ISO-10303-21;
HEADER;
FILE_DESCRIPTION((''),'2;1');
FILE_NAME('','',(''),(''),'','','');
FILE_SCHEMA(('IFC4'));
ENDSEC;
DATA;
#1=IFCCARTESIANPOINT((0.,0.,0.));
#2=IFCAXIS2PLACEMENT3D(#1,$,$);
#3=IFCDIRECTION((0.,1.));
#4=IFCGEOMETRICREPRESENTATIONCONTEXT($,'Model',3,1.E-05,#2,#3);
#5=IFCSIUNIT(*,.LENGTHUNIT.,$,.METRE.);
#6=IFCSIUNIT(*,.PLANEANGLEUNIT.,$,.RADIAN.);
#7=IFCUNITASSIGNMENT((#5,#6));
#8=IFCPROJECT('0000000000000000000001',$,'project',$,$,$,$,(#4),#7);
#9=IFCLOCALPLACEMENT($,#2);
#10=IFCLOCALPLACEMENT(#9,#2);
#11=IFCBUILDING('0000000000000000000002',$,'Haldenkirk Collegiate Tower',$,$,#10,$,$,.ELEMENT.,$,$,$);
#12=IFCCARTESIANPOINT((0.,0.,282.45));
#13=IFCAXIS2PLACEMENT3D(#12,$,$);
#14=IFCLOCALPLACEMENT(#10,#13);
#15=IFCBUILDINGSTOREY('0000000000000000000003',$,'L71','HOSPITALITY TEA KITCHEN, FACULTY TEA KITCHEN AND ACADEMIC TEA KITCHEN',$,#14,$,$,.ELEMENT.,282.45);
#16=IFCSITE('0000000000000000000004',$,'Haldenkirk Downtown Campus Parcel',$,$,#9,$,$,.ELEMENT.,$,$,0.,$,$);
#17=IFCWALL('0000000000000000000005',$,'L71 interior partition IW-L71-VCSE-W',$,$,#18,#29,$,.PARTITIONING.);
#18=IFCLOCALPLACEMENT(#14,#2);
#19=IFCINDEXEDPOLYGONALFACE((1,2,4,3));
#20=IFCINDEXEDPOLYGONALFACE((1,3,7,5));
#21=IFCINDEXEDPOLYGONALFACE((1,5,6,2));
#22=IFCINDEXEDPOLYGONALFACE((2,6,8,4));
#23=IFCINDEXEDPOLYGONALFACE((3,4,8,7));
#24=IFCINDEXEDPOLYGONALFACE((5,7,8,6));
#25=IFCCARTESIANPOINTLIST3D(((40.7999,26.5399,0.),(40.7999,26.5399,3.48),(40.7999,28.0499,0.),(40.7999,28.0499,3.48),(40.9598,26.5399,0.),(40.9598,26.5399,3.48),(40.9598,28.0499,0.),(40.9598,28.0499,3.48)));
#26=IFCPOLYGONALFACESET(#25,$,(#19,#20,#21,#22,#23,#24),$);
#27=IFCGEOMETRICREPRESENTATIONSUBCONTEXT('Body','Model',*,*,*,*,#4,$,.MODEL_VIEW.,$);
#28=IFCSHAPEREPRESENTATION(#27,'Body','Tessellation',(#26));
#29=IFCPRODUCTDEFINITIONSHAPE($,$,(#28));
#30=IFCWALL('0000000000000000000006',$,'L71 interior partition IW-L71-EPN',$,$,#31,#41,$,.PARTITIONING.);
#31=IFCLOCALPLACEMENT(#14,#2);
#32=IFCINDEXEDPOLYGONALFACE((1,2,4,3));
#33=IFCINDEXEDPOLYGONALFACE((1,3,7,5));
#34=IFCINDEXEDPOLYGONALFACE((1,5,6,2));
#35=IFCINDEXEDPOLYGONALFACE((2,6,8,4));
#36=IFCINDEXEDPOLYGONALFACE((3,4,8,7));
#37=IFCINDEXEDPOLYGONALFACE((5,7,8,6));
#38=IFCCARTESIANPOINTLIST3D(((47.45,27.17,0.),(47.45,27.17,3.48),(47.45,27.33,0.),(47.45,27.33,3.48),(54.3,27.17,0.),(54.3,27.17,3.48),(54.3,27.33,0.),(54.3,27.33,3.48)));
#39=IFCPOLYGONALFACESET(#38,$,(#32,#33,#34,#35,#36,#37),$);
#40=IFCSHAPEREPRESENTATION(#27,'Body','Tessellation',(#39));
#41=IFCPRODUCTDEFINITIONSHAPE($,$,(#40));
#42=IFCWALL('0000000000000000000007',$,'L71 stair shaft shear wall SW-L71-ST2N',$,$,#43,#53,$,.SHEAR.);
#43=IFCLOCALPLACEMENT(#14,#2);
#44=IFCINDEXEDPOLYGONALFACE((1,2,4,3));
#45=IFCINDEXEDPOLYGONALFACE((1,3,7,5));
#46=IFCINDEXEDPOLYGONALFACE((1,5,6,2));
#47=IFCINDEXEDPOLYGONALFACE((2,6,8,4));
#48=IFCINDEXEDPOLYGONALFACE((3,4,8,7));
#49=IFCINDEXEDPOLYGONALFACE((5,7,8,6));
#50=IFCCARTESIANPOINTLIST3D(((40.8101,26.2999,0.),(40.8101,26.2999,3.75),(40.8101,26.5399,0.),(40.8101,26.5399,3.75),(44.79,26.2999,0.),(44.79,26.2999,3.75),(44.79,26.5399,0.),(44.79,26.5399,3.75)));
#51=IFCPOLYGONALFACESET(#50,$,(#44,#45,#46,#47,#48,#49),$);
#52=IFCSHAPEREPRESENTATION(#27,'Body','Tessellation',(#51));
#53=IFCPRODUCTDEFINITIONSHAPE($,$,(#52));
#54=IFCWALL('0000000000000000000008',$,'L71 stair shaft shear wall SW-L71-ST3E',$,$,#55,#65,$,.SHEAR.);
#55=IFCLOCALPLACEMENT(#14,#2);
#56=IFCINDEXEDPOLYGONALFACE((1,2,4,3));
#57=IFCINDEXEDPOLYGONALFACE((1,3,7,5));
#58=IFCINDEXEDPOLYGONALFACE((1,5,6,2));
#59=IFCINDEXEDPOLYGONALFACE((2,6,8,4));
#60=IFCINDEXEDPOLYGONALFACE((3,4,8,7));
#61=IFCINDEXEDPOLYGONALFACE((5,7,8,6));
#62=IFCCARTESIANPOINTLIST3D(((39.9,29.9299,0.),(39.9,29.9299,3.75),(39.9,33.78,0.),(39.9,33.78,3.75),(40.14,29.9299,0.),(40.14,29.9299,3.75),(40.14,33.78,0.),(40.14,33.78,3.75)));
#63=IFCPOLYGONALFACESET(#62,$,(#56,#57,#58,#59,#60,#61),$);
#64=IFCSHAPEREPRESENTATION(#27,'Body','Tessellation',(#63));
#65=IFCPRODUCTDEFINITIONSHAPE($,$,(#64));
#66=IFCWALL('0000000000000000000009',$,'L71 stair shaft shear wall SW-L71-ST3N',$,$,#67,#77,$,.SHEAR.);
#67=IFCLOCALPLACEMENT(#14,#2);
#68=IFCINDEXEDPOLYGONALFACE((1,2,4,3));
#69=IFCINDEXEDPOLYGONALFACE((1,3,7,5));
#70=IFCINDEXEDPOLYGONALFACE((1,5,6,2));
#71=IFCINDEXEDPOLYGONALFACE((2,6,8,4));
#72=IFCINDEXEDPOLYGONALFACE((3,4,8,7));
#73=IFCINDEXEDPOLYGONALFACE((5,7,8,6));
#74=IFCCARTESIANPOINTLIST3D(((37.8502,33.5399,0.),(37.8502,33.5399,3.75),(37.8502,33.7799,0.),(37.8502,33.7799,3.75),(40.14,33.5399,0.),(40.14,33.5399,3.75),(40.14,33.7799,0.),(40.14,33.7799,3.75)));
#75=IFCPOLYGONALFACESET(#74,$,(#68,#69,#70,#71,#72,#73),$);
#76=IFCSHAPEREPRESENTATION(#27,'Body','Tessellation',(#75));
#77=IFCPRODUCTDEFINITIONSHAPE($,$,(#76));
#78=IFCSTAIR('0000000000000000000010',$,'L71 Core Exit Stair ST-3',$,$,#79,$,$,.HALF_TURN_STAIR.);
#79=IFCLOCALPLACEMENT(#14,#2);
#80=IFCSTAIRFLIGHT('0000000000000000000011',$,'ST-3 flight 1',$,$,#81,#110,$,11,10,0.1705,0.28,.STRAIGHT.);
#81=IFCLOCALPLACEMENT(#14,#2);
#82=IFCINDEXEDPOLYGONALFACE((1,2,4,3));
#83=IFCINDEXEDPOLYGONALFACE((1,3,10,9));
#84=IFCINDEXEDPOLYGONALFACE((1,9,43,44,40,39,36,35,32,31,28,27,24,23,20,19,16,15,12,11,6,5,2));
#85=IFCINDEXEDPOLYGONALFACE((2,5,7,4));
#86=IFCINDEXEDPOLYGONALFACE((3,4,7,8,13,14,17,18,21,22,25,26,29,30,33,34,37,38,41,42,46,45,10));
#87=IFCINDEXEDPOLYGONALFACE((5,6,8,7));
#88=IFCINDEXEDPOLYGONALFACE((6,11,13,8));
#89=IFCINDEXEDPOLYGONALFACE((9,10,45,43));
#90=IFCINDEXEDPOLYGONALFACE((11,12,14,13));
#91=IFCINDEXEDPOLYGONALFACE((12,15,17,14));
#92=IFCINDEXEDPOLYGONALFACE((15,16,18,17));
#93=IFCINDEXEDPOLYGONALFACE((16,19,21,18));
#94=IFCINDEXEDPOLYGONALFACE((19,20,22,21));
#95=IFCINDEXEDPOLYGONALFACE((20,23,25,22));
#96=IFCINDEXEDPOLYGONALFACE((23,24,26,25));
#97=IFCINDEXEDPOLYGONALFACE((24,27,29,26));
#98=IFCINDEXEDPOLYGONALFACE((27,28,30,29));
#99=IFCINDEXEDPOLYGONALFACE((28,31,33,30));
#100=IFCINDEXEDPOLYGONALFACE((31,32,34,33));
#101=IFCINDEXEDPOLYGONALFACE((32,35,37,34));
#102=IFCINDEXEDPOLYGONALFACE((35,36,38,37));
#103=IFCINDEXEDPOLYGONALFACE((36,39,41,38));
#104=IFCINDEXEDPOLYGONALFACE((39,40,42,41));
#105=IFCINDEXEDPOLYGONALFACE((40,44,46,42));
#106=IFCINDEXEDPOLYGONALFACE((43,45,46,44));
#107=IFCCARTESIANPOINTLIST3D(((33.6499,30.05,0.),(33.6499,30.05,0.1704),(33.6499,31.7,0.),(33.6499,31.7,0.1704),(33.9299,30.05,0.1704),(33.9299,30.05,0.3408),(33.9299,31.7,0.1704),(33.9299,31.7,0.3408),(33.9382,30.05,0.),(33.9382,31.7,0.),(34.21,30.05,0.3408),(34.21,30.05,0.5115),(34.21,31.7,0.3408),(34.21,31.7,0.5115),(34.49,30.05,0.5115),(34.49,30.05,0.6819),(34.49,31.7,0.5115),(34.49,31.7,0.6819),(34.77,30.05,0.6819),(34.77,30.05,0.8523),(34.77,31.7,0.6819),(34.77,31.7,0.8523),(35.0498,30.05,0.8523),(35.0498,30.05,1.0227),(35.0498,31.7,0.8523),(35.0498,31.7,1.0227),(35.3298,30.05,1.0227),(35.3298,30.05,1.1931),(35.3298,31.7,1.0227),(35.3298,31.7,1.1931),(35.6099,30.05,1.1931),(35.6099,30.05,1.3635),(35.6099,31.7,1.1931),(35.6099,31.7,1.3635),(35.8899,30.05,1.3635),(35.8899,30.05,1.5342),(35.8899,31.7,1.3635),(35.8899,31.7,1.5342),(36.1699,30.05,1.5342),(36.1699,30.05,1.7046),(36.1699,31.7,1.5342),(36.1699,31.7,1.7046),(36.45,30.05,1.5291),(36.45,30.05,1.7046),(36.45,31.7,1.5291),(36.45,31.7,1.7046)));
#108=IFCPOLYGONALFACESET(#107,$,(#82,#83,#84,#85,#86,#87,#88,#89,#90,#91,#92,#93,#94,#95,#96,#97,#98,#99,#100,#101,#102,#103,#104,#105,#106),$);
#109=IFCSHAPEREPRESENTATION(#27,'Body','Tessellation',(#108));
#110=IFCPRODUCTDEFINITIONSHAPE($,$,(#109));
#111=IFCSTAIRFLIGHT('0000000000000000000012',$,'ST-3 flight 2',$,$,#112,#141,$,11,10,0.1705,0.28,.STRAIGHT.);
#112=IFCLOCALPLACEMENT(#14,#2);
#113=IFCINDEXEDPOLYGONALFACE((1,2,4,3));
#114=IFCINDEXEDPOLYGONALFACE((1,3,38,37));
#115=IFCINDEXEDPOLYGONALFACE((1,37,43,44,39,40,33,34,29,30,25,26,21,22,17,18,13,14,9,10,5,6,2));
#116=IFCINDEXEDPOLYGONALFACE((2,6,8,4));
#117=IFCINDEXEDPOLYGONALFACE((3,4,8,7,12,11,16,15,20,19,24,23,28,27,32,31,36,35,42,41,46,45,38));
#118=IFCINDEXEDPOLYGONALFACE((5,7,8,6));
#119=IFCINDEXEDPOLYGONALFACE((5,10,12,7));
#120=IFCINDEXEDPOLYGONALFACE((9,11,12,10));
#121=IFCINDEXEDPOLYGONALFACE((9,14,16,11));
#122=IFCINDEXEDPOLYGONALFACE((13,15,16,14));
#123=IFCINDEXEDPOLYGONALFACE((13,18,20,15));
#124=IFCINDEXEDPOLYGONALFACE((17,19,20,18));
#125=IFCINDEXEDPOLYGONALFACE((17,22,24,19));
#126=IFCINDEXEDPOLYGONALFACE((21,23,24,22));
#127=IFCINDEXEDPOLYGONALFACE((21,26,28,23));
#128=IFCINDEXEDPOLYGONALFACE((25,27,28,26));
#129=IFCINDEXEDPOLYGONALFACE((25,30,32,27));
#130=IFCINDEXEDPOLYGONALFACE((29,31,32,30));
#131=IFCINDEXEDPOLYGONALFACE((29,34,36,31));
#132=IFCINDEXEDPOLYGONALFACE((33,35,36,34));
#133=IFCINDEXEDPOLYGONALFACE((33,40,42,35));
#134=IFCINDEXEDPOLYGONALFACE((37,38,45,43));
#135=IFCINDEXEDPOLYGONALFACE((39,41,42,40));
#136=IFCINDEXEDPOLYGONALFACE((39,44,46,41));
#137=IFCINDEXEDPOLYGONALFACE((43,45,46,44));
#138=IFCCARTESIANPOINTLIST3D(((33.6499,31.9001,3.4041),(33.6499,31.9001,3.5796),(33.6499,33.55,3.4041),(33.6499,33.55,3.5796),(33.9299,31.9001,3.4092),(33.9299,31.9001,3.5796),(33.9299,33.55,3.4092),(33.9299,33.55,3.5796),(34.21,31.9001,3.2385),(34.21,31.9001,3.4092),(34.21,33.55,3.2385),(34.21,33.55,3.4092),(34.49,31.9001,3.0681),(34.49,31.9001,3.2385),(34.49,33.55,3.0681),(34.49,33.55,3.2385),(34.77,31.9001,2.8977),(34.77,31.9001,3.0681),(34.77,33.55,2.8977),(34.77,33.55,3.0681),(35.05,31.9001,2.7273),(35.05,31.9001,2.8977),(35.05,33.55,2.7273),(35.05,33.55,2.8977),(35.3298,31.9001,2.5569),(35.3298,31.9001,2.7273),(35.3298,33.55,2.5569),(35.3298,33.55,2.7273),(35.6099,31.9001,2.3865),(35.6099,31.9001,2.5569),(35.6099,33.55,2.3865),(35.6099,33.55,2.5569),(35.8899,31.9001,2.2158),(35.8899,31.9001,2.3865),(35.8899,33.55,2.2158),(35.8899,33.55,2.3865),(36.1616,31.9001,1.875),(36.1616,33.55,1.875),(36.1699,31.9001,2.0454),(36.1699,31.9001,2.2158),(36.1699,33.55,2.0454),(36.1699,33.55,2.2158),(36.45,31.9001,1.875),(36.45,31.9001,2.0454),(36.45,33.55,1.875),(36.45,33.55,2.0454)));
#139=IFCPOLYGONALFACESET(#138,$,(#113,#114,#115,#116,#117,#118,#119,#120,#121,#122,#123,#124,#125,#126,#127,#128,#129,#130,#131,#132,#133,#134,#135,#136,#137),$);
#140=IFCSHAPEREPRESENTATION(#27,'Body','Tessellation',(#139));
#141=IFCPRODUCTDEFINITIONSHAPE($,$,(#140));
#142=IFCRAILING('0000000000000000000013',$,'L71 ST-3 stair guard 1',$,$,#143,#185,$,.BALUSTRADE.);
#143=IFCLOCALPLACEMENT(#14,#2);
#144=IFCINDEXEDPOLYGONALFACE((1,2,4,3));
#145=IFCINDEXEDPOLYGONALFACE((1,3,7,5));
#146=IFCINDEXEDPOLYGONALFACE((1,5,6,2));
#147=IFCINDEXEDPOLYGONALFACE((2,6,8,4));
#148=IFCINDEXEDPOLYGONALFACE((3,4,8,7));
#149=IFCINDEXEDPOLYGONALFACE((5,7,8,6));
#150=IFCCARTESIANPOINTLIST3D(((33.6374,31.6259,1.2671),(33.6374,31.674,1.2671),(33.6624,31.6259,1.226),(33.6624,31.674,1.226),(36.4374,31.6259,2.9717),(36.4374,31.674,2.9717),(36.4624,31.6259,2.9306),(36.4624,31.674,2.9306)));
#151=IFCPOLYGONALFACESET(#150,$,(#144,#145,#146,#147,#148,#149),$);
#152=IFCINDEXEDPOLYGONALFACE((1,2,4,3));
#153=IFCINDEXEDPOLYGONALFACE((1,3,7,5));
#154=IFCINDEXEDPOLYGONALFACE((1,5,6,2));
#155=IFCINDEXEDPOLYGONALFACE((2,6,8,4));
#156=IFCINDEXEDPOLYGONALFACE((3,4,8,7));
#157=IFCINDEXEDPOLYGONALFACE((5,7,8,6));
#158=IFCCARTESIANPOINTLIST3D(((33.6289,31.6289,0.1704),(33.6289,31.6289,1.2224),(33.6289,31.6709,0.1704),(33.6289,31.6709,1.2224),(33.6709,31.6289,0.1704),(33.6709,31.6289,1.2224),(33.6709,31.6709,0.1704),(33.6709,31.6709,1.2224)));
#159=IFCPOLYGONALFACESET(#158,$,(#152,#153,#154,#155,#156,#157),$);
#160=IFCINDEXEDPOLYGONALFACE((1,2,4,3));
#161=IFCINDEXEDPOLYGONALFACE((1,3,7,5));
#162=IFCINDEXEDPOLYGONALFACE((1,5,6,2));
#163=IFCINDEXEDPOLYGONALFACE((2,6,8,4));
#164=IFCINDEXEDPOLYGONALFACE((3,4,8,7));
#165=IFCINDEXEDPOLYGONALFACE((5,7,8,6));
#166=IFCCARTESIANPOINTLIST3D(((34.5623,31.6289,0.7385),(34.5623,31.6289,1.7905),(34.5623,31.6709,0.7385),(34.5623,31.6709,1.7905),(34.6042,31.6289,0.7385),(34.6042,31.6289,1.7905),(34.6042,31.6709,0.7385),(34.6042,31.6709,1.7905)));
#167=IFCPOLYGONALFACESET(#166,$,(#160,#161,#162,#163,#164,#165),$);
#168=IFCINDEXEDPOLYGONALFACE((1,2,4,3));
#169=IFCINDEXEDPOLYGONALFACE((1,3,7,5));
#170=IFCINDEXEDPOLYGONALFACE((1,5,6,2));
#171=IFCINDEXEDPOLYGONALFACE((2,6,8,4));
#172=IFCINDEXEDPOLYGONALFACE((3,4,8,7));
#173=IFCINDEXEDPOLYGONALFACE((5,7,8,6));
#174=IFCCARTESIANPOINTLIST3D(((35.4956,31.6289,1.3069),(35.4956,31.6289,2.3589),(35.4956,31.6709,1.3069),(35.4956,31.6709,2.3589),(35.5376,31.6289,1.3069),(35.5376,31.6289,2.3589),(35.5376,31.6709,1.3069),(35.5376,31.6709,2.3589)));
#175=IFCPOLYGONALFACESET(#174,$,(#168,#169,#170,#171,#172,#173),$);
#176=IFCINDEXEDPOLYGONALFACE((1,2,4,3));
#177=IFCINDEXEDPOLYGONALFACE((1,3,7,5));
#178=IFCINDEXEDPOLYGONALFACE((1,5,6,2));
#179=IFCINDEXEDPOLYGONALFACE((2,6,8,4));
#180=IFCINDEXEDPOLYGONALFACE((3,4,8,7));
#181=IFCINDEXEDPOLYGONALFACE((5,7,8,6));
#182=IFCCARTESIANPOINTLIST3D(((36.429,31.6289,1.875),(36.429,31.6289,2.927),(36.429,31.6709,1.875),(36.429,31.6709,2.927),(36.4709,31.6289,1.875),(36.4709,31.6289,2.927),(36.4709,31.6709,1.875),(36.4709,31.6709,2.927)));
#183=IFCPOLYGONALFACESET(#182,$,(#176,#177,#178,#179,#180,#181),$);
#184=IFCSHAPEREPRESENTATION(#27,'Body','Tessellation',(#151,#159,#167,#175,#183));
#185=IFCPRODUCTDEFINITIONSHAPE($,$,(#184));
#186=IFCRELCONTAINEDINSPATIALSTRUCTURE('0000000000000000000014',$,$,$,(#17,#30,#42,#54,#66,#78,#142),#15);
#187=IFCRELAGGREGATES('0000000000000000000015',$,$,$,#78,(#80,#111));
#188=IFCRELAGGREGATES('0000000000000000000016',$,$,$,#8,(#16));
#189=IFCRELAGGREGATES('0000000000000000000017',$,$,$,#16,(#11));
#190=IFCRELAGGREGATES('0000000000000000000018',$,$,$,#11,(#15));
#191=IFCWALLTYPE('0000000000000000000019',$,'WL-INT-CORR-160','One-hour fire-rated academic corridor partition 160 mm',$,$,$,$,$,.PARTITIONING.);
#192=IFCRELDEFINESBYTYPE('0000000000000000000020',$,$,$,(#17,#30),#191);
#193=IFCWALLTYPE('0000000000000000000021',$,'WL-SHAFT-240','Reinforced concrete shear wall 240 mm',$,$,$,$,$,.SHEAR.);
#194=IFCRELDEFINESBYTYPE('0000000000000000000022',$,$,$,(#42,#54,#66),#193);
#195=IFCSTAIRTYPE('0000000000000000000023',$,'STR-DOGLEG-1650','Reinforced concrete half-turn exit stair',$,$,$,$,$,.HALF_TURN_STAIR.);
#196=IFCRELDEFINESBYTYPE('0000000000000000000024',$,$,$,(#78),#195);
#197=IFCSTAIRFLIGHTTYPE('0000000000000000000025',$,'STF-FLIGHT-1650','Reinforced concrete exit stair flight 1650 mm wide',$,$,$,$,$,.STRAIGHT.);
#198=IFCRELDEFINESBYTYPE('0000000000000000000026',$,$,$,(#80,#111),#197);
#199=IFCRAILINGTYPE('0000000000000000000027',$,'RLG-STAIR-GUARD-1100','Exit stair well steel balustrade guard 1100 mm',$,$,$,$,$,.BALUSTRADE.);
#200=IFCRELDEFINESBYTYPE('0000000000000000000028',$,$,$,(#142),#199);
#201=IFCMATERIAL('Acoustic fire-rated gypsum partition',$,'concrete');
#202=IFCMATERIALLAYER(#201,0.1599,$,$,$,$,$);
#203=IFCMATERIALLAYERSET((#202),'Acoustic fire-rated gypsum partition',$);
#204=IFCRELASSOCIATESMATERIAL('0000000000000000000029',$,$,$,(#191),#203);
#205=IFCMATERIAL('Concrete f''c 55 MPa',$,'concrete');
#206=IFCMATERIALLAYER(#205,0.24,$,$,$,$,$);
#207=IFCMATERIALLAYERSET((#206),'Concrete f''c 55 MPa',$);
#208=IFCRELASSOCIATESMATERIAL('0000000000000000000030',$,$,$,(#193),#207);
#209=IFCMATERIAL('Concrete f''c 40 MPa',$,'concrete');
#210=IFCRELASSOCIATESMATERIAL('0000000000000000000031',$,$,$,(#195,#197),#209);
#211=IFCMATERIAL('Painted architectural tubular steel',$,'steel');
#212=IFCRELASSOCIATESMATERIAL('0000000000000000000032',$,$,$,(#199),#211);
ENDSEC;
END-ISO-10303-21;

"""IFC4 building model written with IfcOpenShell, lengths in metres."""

from ifc_helpers import new_model, si_unit, direction, frame, frame_2d, origin, origin_2d, place, context, subcontext, project, spatial, polyline, rectangle, outline, extrude, material, layer, layer_set, type_object, element, aggregate, save


model = new_model("IFC4")

# Units and contexts
model_context = context("Model", 3, precision=1e-05, world=origin(), true_north=direction((0.0, 1.0)))
body_context = subcontext(model_context, "Body", "Model", "MODEL_VIEW")
ifc_project = project(units=[si_unit("LENGTHUNIT", "METRE"), si_unit("PLANEANGLEUNIT", "RADIAN")], contexts=[model_context])

# Site, building, storey
site_placement = place(None, origin())
site = spatial("IfcSite", under=ifc_project, at=site_placement, Name="Haldenkirk Downtown Campus Parcel", CompositionType="ELEMENT", RefElevation=0.0)
building_placement = place(site_placement, origin())
building = spatial("IfcBuilding", under=site, at=building_placement, Name="Haldenkirk Collegiate Tower", CompositionType="ELEMENT")
storey_placement = place(building_placement, frame((0.0, 0.0, 282.45)))
storey = spatial("IfcBuildingStorey", under=building, at=storey_placement, Name="L71", Description="HOSPITALITY TEA KITCHEN, FACULTY TEA KITCHEN AND ACADEMIC TEA KITCHEN", CompositionType="ELEMENT", Elevation=282.45)

# Shared definitions
ifc_material_1 = material(Name="Acoustic fire-rated gypsum partition", Category="concrete")
ifc_layer_1 = layer(ifc_material_1, 0.1599)
ifc_layer_set_1 = layer_set([ifc_layer_1], Name="Acoustic fire-rated gypsum partition")
wall_type_1 = type_object("IfcWallType", Name="WL-INT-CORR-160", Description="One-hour fire-rated academic corridor partition 160 mm", PredefinedType="PARTITIONING", material=ifc_layer_set_1)

# Wall
wall_1_placement = place(storey_placement, frame((40.8799, 26.54, 0.0), z_axis=(0.0, 0.0, 1.0), x_axis=(0.0, 1.0, 0.0)))
element("IfcWall", 1, at=wall_1_placement, inside=storey, type_object=wall_type_1, Name="L71 interior partition IW-L71-VCSE-W", PredefinedType="PARTITIONING", context=body_context, shape_type="SweptSolid", body=[
    extrude(rectangle(XDim=1.51, YDim=0.1599, at=frame_2d((0.7549, 0.0))), origin(), (0.0, 0.0, 1.0), 3.48),
])

# Walls
wall_2_placement = place(storey_placement, frame((47.45, 27.25, 0.0), z_axis=(0.0, 0.0, 1.0), x_axis=(1.0, 0.0, 0.0)))
element("IfcWall", 2, at=wall_2_placement, inside=storey, type_object=wall_type_1, Name="L71 interior partition IW-L71-EPN", PredefinedType="PARTITIONING", context=body_context, shape_type="SweptSolid", body=[
    extrude(rectangle(XDim=6.8501, YDim=0.1599, at=frame_2d((3.425, 0.0))), origin(), (0.0, 0.0, 1.0), 3.48),
])
ifc_material_2 = material(Name="Concrete f'c 55 MPa", Category="concrete")
ifc_layer_2 = layer(ifc_material_2, 0.24)
ifc_layer_set_2 = layer_set([ifc_layer_2], Name="Concrete f'c 55 MPa")
wall_type_2 = type_object("IfcWallType", Name="WL-SHAFT-240", Description="Reinforced concrete shear wall 240 mm", PredefinedType="SHEAR", material=ifc_layer_set_2)
wall_3_placement = place(storey_placement, frame((40.8101, 26.4199, 0.0), z_axis=(0.0, 0.0, 1.0), x_axis=(1.0, 0.0, 0.0)))
element("IfcWall", 3, at=wall_3_placement, inside=storey, type_object=wall_type_2, Name="L71 stair shaft shear wall SW-L71-ST2N", PredefinedType="SHEAR", context=body_context, shape_type="SweptSolid", body=[
    extrude(rectangle(XDim=3.98, YDim=0.24, at=frame_2d((1.99, 0.0))), origin(), (0.0, 0.0, 1.0), 3.75),
])
wall_4_placement = place(storey_placement, frame((40.02, 29.9299, 0.0), z_axis=(0.0, 0.0, 1.0), x_axis=(0.0, 1.0, 0.0)))
element("IfcWall", 4, at=wall_4_placement, inside=storey, type_object=wall_type_2, Name="L71 stair shaft shear wall SW-L71-ST3E", PredefinedType="SHEAR", context=body_context, shape_type="SweptSolid", body=[
    extrude(rectangle(XDim=3.8501, YDim=0.24, at=frame_2d((1.925, 0.0))), origin(), (0.0, 0.0, 1.0), 3.75),
])
wall_5_placement = place(storey_placement, frame((37.8501, 33.6599, 0.0), z_axis=(0.0, 0.0, 1.0), x_axis=(1.0, 0.0, 0.0)))
element("IfcWall", 5, at=wall_5_placement, inside=storey, type_object=wall_type_2, Name="L71 stair shaft shear wall SW-L71-ST3N", PredefinedType="SHEAR", context=body_context, shape_type="SweptSolid", body=[
    extrude(rectangle(XDim=2.2898, YDim=0.24, at=frame_2d((1.145, 0.0))), origin(), (0.0, 0.0, 1.0), 3.75),
])

# Stair, stair flights
ifc_material_3 = material(Name="Concrete f'c 40 MPa", Category="concrete")
stair_type = type_object("IfcStairType", Name="STR-DOGLEG-1650", Description="Reinforced concrete half-turn exit stair", PredefinedType="HALF_TURN_STAIR", material=ifc_material_3)
stair_placement = place(storey_placement, origin())
stair = element("IfcStair", 6, at=stair_placement, inside=storey, type_object=stair_type, Name="L71 Core Exit Stair ST-3", PredefinedType="HALF_TURN_STAIR")
stair_flight_type = type_object("IfcStairFlightType", Name="STF-FLIGHT-1650", Description="Reinforced concrete exit stair flight 1650 mm wide", PredefinedType="STRAIGHT", material=ifc_material_3)
stair_flight_1_placement = place(storey_placement, frame((33.6499, 30.875, 0.0), z_axis=(0.0, 0.0, 1.0), x_axis=(1.0, 0.0, 0.0)))
stair_flight_1 = element("IfcStairFlight", 7, at=stair_flight_1_placement, type_object=stair_flight_type, Name="ST-3 flight 1", NumberOfRisers=11, NumberOfTreads=10, PredefinedType="STRAIGHT", RiserHeight=0.1705, TreadLength=0.28, context=body_context, shape_type="SweptSolid", body=[
    extrude(outline(polyline([(0.0, 0.0), (0.0, 0.1704), (0.28, 0.1704), (0.28, 0.3408), (0.5601, 0.3408), (0.5601, 0.5115), (0.8401, 0.5115), (0.8401, 0.6819), (1.1201, 0.6819), (1.1201, 0.8523), (1.3999, 0.8523), (1.3999, 1.0227), (1.6799, 1.0227), (1.6799, 1.1931), (1.96, 1.1931), (1.96, 1.3635), (2.24, 1.3635), (2.24, 1.5342), (2.52, 1.5342), (2.52, 1.7046), (2.8, 1.7046), (2.8, 1.875), (2.8, 1.5291), (0.2883, 0.0), (0.0, 0.0)])), frame((0.0, 0.825, 0.0), z_axis=(0.0, -1.0, 0.0), x_axis=(1.0, 0.0, 0.0)), (0.0, 0.0, 1.0), 1.6499),
])
stair_flight_2_placement = place(storey_placement, frame((36.45, 32.7251, 1.875), z_axis=(0.0, 0.0, 1.0), x_axis=(-1.0, 0.0, 0.0)))
stair_flight_2 = element("IfcStairFlight", 8, at=stair_flight_2_placement, type_object=stair_flight_type, Name="ST-3 flight 2", NumberOfRisers=11, NumberOfTreads=10, PredefinedType="STRAIGHT", RiserHeight=0.1705, TreadLength=0.28, context=body_context, shape_type="SweptSolid", body=[
    extrude(outline(polyline([(0.0, 0.0), (0.0, 0.1704), (0.28, 0.1704), (0.28, 0.3408), (0.5601, 0.3408), (0.5601, 0.5115), (0.8401, 0.5115), (0.8401, 0.6819), (1.1201, 0.6819), (1.1201, 0.8523), (1.3999, 0.8523), (1.3999, 1.0227), (1.6799, 1.0227), (1.6799, 1.1931), (1.96, 1.1931), (1.96, 1.3635), (2.24, 1.3635), (2.24, 1.5342), (2.52, 1.5342), (2.52, 1.7046), (2.8, 1.7046), (2.8, 1.875), (2.8, 1.5291), (0.2883, 0.0), (0.0, 0.0)])), frame((0.0, 0.825, 0.0), z_axis=(0.0, -1.0, 0.0), x_axis=(1.0, 0.0, 0.0)), (0.0, 0.0, 1.0), 1.6499),
])
aggregate(stair, [stair_flight_1, stair_flight_2])

# Railing
ifc_material_4 = material(Name="Painted architectural tubular steel", Category="steel")
railing_type_1 = type_object("IfcRailingType", Name="RLG-STAIR-GUARD-1100", Description="Exit stair well steel balustrade guard 1100 mm", PredefinedType="BALUSTRADE", material=ifc_material_4)
railing_1_placement = place(storey_placement, frame((33.6499, 31.6499, 0.1704)))
element("IfcRailing", 9, at=railing_1_placement, inside=storey, type_object=railing_type_1, Name="L71 ST-3 stair guard 1", PredefinedType="BALUSTRADE", context=body_context, shape_type="SweptSolid", body=[
    extrude(rectangle(XDim=0.0481, YDim=0.0481, at=origin_2d()), frame((0.0, 0.0, 1.0762), z_axis=(0.85417, 0.0, 0.519994), x_axis=(0.0, 1.0, 0.0)), (0.0, 0.0, 1.0), 3.2781),
    extrude(rectangle(XDim=0.042, YDim=0.042, at=origin_2d()), origin(), (0.0, 0.0, 1.0), 1.052),
    extrude(rectangle(XDim=0.042, YDim=0.042, at=origin_2d()), frame((0.9333, 0.0, 0.5681)), (0.0, 0.0, 1.0), 1.052),
    extrude(rectangle(XDim=0.042, YDim=0.042, at=origin_2d()), frame((1.8667, 0.0, 1.1365)), (0.0, 0.0, 1.0), 1.052),
    extrude(rectangle(XDim=0.042, YDim=0.042, at=origin_2d()), frame((2.8, 0.0, 1.7046)), (0.0, 0.0, 1.0), 1.052),
])

save(model, "model.ifc")
